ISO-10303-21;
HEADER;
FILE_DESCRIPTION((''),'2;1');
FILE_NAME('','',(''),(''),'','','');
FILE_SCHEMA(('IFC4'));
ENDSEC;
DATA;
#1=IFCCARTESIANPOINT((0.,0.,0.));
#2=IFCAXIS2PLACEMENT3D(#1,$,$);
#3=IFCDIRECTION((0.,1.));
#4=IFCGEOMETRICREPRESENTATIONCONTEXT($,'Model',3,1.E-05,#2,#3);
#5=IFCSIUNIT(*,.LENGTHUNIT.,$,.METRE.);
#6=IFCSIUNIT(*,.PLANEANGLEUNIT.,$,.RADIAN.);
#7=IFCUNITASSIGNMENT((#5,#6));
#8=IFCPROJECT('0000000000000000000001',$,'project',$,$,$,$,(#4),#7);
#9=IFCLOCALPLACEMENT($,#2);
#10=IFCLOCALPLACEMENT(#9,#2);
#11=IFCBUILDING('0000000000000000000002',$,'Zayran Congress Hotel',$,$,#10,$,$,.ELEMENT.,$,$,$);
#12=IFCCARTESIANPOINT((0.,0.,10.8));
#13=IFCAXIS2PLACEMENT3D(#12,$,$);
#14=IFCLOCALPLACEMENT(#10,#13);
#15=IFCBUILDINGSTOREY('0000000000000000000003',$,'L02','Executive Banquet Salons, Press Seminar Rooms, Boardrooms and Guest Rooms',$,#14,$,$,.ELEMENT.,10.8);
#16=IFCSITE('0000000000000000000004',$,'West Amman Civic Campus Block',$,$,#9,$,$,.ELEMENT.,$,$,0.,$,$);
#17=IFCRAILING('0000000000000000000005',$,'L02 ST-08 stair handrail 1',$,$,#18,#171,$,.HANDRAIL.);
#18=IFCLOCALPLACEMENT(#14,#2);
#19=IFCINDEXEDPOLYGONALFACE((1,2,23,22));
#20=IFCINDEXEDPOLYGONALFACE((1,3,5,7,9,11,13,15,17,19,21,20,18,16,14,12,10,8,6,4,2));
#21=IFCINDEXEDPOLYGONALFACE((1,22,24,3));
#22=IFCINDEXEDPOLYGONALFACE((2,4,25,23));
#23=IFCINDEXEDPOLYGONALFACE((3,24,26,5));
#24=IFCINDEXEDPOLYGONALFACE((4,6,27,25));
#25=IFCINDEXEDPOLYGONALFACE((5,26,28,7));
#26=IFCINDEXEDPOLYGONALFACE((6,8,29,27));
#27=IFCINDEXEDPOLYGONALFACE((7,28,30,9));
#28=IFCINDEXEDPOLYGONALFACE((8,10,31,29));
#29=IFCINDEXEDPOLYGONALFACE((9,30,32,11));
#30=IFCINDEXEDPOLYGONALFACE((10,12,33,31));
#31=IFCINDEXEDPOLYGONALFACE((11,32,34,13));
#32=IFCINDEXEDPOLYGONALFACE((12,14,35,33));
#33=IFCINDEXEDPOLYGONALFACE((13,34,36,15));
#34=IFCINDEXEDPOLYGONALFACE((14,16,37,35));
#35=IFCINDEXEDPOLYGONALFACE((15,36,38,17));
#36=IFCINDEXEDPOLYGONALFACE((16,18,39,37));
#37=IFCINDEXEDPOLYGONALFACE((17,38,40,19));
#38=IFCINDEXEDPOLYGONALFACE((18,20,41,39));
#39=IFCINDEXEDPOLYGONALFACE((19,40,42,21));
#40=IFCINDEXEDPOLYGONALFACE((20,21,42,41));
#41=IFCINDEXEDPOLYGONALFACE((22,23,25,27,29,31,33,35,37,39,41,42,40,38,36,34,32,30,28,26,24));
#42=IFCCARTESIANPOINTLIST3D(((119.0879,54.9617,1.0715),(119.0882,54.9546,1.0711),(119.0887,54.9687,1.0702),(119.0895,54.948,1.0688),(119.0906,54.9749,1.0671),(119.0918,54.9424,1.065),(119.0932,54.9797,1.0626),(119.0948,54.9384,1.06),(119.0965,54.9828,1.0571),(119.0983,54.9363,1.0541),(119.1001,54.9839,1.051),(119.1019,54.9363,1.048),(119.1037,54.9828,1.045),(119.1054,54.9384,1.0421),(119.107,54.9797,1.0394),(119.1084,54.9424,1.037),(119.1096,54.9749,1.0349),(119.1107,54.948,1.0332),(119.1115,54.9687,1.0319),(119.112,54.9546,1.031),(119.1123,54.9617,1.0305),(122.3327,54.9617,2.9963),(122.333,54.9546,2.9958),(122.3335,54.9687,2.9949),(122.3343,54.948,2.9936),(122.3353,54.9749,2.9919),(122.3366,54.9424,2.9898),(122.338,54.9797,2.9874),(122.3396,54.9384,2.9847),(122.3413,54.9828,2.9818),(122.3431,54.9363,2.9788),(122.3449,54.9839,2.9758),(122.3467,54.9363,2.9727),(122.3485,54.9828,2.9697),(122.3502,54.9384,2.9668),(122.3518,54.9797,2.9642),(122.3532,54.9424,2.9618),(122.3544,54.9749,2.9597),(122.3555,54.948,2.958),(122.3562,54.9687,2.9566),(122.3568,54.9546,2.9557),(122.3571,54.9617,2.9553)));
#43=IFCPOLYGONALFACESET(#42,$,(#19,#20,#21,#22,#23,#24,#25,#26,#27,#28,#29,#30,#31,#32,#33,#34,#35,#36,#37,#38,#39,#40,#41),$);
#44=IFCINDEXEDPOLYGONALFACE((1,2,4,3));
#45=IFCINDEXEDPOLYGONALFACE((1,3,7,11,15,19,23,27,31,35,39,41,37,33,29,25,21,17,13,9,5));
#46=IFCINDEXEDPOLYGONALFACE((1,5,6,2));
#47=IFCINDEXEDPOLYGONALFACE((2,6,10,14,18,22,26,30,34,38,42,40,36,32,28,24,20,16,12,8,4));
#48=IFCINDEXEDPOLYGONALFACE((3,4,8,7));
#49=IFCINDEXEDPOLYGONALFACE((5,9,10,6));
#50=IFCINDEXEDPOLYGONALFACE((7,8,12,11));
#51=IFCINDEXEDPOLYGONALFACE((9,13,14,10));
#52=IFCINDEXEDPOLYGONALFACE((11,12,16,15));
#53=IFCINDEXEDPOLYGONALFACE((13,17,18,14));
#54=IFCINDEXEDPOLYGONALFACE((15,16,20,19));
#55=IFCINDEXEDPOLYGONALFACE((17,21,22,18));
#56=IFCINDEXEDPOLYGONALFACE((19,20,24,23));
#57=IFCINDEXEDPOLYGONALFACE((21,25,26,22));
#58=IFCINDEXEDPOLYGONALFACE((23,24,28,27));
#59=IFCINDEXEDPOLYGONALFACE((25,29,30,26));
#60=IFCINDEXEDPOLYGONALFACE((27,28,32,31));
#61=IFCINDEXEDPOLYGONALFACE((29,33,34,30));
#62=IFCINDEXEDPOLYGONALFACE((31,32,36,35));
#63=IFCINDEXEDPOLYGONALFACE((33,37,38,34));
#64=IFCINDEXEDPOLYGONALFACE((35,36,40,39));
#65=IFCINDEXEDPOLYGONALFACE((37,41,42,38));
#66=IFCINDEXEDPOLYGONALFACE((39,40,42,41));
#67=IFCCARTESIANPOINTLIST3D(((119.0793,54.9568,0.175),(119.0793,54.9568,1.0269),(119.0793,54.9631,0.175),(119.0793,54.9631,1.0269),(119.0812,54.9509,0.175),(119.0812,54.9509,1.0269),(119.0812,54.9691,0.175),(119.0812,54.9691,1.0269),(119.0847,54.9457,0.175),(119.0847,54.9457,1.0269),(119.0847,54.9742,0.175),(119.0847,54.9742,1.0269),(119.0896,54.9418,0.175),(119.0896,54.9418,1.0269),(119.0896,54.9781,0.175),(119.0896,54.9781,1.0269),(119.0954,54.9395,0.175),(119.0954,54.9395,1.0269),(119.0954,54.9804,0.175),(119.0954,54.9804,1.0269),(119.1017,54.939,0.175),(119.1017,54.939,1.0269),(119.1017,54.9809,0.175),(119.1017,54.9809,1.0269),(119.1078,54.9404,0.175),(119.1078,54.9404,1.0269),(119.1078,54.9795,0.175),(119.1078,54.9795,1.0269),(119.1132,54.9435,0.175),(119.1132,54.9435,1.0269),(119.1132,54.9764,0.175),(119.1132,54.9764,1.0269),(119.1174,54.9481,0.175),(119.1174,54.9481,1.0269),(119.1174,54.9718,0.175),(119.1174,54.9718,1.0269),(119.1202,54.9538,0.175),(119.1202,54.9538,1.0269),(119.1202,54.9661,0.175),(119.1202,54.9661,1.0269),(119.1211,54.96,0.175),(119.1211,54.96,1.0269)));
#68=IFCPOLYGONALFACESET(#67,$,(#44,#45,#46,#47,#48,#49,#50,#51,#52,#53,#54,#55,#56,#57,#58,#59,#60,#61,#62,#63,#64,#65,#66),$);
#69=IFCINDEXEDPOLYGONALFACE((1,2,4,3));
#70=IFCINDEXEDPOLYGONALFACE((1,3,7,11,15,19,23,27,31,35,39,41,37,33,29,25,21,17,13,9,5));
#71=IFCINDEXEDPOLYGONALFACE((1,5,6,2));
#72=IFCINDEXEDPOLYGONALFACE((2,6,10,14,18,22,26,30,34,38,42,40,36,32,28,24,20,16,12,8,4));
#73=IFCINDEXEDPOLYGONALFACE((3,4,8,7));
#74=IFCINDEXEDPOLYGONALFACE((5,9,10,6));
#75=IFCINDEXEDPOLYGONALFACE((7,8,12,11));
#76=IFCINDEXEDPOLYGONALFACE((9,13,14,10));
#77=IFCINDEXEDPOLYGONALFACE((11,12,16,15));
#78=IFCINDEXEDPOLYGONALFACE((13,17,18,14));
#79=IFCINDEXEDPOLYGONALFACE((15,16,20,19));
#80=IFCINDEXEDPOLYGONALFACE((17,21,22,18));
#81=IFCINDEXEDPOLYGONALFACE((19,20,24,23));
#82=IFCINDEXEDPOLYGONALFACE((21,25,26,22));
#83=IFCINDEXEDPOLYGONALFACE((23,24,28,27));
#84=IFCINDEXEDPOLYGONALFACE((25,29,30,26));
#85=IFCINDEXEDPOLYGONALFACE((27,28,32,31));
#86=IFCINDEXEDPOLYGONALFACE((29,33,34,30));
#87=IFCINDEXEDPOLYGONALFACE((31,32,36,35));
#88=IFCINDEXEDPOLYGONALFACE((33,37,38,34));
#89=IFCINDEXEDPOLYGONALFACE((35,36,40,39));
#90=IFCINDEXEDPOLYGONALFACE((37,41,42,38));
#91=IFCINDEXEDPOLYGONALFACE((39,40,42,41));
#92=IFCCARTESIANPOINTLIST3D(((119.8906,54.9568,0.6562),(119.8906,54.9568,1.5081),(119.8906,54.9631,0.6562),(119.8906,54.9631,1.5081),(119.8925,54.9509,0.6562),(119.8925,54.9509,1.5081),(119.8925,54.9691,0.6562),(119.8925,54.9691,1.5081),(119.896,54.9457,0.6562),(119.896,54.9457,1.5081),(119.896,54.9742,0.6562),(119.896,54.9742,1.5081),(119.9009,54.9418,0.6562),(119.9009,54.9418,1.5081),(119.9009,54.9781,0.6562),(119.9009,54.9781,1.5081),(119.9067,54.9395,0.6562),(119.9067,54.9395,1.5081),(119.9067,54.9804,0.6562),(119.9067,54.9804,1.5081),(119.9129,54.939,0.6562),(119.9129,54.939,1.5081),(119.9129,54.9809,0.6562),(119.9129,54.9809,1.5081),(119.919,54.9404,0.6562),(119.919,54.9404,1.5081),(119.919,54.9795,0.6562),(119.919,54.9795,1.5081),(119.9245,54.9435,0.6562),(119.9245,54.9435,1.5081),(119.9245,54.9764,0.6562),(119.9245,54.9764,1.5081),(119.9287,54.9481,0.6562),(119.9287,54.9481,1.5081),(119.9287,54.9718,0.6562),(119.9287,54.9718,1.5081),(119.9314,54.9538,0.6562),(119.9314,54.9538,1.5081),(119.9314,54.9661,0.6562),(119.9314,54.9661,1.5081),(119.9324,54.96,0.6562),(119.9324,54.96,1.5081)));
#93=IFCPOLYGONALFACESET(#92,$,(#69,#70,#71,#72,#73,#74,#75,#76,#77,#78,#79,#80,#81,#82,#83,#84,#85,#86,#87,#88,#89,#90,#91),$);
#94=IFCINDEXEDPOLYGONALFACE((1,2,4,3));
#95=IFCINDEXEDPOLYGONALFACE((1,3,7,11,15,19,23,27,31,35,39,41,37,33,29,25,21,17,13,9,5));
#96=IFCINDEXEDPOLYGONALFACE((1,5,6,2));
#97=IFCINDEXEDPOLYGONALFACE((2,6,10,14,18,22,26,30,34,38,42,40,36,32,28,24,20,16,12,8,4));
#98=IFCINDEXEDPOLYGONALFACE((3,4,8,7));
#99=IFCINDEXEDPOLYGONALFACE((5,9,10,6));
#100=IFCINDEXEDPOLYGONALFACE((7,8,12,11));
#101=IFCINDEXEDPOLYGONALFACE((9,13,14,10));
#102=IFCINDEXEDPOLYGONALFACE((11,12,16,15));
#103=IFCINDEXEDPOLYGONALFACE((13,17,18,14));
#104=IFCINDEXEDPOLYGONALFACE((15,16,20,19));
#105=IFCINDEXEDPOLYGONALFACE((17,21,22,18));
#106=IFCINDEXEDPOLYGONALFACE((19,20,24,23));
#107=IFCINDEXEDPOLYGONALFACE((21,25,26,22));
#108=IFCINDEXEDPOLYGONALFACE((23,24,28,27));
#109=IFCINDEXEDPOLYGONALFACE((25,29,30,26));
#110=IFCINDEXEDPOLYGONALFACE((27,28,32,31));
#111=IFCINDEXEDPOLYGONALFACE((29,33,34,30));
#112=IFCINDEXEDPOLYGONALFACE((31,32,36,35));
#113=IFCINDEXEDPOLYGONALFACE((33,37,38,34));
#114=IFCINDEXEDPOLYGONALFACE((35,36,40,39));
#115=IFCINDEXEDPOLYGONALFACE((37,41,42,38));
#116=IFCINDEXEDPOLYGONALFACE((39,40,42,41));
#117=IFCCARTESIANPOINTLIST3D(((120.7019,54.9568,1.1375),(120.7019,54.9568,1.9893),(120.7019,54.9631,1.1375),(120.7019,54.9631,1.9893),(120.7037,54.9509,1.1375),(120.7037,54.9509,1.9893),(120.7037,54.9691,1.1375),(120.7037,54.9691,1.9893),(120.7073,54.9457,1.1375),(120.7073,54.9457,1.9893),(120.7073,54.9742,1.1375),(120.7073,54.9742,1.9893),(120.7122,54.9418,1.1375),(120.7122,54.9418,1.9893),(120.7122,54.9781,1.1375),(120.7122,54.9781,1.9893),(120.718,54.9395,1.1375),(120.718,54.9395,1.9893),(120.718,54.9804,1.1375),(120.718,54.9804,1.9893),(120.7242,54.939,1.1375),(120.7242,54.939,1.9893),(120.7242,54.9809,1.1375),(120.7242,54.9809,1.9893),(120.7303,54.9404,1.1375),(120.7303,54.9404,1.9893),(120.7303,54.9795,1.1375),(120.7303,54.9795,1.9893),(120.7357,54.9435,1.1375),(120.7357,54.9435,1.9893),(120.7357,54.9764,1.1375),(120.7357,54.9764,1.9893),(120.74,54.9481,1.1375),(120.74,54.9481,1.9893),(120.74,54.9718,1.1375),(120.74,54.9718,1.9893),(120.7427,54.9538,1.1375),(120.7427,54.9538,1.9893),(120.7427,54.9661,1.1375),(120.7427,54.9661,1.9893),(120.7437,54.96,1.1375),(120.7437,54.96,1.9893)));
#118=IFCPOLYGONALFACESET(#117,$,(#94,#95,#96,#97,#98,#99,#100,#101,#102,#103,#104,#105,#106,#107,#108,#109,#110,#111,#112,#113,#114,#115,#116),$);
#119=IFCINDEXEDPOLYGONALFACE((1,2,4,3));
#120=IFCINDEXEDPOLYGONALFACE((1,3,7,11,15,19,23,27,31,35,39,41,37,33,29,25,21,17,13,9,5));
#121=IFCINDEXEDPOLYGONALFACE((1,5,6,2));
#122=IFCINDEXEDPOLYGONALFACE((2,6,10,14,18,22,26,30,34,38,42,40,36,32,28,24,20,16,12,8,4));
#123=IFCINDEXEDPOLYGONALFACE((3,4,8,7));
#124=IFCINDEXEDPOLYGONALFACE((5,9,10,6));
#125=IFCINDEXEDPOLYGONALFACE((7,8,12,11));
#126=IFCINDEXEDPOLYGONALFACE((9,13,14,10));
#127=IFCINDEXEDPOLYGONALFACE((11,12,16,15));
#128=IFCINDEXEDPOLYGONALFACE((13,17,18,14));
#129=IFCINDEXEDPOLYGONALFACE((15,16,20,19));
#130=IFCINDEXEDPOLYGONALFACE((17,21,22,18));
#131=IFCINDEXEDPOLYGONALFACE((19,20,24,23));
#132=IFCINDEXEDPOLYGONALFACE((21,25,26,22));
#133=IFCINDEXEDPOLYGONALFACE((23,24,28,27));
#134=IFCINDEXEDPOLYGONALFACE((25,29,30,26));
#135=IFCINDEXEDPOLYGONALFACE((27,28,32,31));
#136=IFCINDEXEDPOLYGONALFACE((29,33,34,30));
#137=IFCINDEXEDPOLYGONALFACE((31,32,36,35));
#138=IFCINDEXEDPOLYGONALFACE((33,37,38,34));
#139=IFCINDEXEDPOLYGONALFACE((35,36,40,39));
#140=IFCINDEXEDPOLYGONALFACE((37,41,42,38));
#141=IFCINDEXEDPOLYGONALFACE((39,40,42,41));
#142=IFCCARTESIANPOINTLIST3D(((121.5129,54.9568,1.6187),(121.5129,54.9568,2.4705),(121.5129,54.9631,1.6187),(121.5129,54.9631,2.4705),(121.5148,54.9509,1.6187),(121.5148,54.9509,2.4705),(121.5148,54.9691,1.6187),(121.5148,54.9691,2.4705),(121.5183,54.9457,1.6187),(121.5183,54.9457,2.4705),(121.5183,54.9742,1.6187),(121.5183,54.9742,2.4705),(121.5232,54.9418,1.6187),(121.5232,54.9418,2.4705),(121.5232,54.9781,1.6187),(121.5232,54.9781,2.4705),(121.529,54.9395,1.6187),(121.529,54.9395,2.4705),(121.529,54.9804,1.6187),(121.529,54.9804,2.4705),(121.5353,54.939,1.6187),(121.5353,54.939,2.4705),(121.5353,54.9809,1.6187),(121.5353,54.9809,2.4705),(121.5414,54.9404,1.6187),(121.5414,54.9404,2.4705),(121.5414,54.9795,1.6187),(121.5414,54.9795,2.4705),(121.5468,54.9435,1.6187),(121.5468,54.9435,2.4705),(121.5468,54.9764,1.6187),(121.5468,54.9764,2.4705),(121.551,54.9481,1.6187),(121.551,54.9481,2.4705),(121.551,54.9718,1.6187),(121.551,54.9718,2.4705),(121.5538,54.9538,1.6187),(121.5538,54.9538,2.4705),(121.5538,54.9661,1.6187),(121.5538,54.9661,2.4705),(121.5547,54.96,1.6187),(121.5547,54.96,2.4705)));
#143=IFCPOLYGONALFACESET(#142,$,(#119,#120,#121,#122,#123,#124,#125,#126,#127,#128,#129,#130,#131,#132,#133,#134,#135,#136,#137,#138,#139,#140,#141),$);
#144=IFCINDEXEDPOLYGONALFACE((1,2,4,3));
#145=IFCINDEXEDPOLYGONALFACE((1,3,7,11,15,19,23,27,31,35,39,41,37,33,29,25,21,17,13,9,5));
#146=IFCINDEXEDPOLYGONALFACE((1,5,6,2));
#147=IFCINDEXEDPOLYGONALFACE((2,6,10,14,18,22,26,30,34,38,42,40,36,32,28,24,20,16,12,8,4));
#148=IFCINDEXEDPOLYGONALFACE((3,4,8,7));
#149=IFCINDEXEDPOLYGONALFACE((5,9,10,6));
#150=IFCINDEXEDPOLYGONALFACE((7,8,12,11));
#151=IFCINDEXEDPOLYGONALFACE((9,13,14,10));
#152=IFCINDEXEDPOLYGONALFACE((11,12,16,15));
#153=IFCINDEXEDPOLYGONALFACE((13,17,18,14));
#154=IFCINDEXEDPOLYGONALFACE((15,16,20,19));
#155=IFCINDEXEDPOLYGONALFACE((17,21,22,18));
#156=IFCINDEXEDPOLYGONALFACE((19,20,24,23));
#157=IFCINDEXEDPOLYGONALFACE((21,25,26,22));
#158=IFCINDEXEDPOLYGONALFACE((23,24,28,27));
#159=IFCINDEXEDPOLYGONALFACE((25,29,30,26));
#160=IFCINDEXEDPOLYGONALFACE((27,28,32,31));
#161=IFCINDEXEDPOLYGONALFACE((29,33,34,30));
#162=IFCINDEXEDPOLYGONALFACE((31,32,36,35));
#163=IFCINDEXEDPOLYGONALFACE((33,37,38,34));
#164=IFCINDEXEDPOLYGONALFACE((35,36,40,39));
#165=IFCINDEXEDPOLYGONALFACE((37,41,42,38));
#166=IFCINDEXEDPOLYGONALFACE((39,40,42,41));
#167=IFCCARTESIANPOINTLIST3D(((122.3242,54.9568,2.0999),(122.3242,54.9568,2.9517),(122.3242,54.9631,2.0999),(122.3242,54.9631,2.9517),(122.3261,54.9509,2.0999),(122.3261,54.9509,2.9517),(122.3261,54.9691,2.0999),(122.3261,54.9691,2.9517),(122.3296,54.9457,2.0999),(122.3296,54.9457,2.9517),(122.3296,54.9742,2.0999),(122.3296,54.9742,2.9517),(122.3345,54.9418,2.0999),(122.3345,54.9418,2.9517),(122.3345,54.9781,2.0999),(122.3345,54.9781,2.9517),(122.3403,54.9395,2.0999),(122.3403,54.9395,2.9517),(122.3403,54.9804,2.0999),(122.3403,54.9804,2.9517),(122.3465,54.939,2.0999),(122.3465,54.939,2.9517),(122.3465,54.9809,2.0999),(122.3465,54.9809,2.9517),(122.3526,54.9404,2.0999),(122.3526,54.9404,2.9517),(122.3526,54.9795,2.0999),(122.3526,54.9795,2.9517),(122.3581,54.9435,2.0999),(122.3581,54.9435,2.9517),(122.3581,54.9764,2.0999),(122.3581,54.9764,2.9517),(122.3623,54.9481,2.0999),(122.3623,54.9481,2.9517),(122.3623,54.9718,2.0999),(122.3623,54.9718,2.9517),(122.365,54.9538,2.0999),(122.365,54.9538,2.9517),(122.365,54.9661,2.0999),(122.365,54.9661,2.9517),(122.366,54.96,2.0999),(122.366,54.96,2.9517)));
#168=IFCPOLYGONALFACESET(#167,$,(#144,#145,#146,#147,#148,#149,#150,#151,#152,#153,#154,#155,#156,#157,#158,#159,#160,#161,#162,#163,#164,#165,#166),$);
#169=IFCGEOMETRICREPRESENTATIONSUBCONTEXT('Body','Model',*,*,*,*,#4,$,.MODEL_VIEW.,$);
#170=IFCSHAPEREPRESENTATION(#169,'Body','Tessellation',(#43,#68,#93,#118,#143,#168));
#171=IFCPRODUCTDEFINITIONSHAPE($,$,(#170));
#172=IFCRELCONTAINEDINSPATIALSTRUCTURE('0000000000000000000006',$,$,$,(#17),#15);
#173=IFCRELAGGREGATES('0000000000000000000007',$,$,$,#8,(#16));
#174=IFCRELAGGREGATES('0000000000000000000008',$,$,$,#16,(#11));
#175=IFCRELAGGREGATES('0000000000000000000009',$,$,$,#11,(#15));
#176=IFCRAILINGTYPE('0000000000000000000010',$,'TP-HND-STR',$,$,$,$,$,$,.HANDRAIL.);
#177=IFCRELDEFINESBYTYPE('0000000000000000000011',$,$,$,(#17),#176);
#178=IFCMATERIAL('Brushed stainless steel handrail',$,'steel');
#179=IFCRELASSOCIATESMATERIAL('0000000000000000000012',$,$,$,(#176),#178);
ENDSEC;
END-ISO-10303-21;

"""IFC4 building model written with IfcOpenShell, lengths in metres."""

from ifc_helpers import new_model, si_unit, direction, frame, origin, origin_2d, place, context, subcontext, project, spatial, circle, extrude, material, type_object, element, save


model = new_model("IFC4")

# Units and contexts
model_context = context("Model", 3, precision=1e-05, world=origin(), true_north=direction((0.0, 1.0)))
body_context = subcontext(model_context, "Body", "Model", "MODEL_VIEW")
ifc_project = project(units=[si_unit("LENGTHUNIT", "METRE"), si_unit("PLANEANGLEUNIT", "RADIAN")], contexts=[model_context])

# Site, building, storey
site_placement = place(None, origin())
site = spatial("IfcSite", under=ifc_project, at=site_placement, Name="West Amman Civic Campus Block", CompositionType="ELEMENT", RefElevation=0.0)
building_placement = place(site_placement, origin())
building = spatial("IfcBuilding", under=site, at=building_placement, Name="Zayran Congress Hotel", CompositionType="ELEMENT")
storey_placement = place(building_placement, frame((0.0, 0.0, 10.8)))
storey = spatial("IfcBuildingStorey", under=building, at=storey_placement, Name="L02", Description="Executive Banquet Salons, Press Seminar Rooms, Boardrooms and Guest Rooms", CompositionType="ELEMENT", Elevation=10.8)

# Railing
ifc_material_1 = material(Name="Brushed stainless steel handrail", Category="steel")
railing_type_1 = type_object("IfcRailingType", Name="TP-HND-STR", PredefinedType="HANDRAIL", material=ifc_material_1)
railing_1_placement = place(storey_placement, frame((119.1001, 54.96, 0.175)))
element("IfcRailing", 1, at=railing_1_placement, inside=storey, type_object=railing_type_1, Name="L02 ST-08 stair handrail 1", PredefinedType="HANDRAIL", context=body_context, shape_type="SweptSolid", body=[
    extrude(circle(Radius=0.0239, at=origin_2d()), frame((0.0, 0.0, 0.876), z_axis=(0.860069, 0.0, 0.510178), x_axis=(0.0, 1.0, 0.0)), (0.0, 0.0, 1.0), 3.7727),
    extrude(circle(Radius=0.021, at=origin_2d()), origin(), (0.0, 0.0, 1.0), 0.8518),
    extrude(circle(Radius=0.021, at=origin_2d()), frame((0.8113, 0.0, 0.4812)), (0.0, 0.0, 1.0), 0.8518),
    extrude(circle(Radius=0.021, at=origin_2d()), frame((1.6226, 0.0, 0.9624)), (0.0, 0.0, 1.0), 0.8518),
    extrude(circle(Radius=0.021, at=origin_2d()), frame((2.4336, 0.0, 1.4436)), (0.0, 0.0, 1.0), 0.8518),
    extrude(circle(Radius=0.021, at=origin_2d()), frame((3.2449, 0.0, 1.9248)), (0.0, 0.0, 1.0), 0.8518),
])

save(model, "model.ifc")
